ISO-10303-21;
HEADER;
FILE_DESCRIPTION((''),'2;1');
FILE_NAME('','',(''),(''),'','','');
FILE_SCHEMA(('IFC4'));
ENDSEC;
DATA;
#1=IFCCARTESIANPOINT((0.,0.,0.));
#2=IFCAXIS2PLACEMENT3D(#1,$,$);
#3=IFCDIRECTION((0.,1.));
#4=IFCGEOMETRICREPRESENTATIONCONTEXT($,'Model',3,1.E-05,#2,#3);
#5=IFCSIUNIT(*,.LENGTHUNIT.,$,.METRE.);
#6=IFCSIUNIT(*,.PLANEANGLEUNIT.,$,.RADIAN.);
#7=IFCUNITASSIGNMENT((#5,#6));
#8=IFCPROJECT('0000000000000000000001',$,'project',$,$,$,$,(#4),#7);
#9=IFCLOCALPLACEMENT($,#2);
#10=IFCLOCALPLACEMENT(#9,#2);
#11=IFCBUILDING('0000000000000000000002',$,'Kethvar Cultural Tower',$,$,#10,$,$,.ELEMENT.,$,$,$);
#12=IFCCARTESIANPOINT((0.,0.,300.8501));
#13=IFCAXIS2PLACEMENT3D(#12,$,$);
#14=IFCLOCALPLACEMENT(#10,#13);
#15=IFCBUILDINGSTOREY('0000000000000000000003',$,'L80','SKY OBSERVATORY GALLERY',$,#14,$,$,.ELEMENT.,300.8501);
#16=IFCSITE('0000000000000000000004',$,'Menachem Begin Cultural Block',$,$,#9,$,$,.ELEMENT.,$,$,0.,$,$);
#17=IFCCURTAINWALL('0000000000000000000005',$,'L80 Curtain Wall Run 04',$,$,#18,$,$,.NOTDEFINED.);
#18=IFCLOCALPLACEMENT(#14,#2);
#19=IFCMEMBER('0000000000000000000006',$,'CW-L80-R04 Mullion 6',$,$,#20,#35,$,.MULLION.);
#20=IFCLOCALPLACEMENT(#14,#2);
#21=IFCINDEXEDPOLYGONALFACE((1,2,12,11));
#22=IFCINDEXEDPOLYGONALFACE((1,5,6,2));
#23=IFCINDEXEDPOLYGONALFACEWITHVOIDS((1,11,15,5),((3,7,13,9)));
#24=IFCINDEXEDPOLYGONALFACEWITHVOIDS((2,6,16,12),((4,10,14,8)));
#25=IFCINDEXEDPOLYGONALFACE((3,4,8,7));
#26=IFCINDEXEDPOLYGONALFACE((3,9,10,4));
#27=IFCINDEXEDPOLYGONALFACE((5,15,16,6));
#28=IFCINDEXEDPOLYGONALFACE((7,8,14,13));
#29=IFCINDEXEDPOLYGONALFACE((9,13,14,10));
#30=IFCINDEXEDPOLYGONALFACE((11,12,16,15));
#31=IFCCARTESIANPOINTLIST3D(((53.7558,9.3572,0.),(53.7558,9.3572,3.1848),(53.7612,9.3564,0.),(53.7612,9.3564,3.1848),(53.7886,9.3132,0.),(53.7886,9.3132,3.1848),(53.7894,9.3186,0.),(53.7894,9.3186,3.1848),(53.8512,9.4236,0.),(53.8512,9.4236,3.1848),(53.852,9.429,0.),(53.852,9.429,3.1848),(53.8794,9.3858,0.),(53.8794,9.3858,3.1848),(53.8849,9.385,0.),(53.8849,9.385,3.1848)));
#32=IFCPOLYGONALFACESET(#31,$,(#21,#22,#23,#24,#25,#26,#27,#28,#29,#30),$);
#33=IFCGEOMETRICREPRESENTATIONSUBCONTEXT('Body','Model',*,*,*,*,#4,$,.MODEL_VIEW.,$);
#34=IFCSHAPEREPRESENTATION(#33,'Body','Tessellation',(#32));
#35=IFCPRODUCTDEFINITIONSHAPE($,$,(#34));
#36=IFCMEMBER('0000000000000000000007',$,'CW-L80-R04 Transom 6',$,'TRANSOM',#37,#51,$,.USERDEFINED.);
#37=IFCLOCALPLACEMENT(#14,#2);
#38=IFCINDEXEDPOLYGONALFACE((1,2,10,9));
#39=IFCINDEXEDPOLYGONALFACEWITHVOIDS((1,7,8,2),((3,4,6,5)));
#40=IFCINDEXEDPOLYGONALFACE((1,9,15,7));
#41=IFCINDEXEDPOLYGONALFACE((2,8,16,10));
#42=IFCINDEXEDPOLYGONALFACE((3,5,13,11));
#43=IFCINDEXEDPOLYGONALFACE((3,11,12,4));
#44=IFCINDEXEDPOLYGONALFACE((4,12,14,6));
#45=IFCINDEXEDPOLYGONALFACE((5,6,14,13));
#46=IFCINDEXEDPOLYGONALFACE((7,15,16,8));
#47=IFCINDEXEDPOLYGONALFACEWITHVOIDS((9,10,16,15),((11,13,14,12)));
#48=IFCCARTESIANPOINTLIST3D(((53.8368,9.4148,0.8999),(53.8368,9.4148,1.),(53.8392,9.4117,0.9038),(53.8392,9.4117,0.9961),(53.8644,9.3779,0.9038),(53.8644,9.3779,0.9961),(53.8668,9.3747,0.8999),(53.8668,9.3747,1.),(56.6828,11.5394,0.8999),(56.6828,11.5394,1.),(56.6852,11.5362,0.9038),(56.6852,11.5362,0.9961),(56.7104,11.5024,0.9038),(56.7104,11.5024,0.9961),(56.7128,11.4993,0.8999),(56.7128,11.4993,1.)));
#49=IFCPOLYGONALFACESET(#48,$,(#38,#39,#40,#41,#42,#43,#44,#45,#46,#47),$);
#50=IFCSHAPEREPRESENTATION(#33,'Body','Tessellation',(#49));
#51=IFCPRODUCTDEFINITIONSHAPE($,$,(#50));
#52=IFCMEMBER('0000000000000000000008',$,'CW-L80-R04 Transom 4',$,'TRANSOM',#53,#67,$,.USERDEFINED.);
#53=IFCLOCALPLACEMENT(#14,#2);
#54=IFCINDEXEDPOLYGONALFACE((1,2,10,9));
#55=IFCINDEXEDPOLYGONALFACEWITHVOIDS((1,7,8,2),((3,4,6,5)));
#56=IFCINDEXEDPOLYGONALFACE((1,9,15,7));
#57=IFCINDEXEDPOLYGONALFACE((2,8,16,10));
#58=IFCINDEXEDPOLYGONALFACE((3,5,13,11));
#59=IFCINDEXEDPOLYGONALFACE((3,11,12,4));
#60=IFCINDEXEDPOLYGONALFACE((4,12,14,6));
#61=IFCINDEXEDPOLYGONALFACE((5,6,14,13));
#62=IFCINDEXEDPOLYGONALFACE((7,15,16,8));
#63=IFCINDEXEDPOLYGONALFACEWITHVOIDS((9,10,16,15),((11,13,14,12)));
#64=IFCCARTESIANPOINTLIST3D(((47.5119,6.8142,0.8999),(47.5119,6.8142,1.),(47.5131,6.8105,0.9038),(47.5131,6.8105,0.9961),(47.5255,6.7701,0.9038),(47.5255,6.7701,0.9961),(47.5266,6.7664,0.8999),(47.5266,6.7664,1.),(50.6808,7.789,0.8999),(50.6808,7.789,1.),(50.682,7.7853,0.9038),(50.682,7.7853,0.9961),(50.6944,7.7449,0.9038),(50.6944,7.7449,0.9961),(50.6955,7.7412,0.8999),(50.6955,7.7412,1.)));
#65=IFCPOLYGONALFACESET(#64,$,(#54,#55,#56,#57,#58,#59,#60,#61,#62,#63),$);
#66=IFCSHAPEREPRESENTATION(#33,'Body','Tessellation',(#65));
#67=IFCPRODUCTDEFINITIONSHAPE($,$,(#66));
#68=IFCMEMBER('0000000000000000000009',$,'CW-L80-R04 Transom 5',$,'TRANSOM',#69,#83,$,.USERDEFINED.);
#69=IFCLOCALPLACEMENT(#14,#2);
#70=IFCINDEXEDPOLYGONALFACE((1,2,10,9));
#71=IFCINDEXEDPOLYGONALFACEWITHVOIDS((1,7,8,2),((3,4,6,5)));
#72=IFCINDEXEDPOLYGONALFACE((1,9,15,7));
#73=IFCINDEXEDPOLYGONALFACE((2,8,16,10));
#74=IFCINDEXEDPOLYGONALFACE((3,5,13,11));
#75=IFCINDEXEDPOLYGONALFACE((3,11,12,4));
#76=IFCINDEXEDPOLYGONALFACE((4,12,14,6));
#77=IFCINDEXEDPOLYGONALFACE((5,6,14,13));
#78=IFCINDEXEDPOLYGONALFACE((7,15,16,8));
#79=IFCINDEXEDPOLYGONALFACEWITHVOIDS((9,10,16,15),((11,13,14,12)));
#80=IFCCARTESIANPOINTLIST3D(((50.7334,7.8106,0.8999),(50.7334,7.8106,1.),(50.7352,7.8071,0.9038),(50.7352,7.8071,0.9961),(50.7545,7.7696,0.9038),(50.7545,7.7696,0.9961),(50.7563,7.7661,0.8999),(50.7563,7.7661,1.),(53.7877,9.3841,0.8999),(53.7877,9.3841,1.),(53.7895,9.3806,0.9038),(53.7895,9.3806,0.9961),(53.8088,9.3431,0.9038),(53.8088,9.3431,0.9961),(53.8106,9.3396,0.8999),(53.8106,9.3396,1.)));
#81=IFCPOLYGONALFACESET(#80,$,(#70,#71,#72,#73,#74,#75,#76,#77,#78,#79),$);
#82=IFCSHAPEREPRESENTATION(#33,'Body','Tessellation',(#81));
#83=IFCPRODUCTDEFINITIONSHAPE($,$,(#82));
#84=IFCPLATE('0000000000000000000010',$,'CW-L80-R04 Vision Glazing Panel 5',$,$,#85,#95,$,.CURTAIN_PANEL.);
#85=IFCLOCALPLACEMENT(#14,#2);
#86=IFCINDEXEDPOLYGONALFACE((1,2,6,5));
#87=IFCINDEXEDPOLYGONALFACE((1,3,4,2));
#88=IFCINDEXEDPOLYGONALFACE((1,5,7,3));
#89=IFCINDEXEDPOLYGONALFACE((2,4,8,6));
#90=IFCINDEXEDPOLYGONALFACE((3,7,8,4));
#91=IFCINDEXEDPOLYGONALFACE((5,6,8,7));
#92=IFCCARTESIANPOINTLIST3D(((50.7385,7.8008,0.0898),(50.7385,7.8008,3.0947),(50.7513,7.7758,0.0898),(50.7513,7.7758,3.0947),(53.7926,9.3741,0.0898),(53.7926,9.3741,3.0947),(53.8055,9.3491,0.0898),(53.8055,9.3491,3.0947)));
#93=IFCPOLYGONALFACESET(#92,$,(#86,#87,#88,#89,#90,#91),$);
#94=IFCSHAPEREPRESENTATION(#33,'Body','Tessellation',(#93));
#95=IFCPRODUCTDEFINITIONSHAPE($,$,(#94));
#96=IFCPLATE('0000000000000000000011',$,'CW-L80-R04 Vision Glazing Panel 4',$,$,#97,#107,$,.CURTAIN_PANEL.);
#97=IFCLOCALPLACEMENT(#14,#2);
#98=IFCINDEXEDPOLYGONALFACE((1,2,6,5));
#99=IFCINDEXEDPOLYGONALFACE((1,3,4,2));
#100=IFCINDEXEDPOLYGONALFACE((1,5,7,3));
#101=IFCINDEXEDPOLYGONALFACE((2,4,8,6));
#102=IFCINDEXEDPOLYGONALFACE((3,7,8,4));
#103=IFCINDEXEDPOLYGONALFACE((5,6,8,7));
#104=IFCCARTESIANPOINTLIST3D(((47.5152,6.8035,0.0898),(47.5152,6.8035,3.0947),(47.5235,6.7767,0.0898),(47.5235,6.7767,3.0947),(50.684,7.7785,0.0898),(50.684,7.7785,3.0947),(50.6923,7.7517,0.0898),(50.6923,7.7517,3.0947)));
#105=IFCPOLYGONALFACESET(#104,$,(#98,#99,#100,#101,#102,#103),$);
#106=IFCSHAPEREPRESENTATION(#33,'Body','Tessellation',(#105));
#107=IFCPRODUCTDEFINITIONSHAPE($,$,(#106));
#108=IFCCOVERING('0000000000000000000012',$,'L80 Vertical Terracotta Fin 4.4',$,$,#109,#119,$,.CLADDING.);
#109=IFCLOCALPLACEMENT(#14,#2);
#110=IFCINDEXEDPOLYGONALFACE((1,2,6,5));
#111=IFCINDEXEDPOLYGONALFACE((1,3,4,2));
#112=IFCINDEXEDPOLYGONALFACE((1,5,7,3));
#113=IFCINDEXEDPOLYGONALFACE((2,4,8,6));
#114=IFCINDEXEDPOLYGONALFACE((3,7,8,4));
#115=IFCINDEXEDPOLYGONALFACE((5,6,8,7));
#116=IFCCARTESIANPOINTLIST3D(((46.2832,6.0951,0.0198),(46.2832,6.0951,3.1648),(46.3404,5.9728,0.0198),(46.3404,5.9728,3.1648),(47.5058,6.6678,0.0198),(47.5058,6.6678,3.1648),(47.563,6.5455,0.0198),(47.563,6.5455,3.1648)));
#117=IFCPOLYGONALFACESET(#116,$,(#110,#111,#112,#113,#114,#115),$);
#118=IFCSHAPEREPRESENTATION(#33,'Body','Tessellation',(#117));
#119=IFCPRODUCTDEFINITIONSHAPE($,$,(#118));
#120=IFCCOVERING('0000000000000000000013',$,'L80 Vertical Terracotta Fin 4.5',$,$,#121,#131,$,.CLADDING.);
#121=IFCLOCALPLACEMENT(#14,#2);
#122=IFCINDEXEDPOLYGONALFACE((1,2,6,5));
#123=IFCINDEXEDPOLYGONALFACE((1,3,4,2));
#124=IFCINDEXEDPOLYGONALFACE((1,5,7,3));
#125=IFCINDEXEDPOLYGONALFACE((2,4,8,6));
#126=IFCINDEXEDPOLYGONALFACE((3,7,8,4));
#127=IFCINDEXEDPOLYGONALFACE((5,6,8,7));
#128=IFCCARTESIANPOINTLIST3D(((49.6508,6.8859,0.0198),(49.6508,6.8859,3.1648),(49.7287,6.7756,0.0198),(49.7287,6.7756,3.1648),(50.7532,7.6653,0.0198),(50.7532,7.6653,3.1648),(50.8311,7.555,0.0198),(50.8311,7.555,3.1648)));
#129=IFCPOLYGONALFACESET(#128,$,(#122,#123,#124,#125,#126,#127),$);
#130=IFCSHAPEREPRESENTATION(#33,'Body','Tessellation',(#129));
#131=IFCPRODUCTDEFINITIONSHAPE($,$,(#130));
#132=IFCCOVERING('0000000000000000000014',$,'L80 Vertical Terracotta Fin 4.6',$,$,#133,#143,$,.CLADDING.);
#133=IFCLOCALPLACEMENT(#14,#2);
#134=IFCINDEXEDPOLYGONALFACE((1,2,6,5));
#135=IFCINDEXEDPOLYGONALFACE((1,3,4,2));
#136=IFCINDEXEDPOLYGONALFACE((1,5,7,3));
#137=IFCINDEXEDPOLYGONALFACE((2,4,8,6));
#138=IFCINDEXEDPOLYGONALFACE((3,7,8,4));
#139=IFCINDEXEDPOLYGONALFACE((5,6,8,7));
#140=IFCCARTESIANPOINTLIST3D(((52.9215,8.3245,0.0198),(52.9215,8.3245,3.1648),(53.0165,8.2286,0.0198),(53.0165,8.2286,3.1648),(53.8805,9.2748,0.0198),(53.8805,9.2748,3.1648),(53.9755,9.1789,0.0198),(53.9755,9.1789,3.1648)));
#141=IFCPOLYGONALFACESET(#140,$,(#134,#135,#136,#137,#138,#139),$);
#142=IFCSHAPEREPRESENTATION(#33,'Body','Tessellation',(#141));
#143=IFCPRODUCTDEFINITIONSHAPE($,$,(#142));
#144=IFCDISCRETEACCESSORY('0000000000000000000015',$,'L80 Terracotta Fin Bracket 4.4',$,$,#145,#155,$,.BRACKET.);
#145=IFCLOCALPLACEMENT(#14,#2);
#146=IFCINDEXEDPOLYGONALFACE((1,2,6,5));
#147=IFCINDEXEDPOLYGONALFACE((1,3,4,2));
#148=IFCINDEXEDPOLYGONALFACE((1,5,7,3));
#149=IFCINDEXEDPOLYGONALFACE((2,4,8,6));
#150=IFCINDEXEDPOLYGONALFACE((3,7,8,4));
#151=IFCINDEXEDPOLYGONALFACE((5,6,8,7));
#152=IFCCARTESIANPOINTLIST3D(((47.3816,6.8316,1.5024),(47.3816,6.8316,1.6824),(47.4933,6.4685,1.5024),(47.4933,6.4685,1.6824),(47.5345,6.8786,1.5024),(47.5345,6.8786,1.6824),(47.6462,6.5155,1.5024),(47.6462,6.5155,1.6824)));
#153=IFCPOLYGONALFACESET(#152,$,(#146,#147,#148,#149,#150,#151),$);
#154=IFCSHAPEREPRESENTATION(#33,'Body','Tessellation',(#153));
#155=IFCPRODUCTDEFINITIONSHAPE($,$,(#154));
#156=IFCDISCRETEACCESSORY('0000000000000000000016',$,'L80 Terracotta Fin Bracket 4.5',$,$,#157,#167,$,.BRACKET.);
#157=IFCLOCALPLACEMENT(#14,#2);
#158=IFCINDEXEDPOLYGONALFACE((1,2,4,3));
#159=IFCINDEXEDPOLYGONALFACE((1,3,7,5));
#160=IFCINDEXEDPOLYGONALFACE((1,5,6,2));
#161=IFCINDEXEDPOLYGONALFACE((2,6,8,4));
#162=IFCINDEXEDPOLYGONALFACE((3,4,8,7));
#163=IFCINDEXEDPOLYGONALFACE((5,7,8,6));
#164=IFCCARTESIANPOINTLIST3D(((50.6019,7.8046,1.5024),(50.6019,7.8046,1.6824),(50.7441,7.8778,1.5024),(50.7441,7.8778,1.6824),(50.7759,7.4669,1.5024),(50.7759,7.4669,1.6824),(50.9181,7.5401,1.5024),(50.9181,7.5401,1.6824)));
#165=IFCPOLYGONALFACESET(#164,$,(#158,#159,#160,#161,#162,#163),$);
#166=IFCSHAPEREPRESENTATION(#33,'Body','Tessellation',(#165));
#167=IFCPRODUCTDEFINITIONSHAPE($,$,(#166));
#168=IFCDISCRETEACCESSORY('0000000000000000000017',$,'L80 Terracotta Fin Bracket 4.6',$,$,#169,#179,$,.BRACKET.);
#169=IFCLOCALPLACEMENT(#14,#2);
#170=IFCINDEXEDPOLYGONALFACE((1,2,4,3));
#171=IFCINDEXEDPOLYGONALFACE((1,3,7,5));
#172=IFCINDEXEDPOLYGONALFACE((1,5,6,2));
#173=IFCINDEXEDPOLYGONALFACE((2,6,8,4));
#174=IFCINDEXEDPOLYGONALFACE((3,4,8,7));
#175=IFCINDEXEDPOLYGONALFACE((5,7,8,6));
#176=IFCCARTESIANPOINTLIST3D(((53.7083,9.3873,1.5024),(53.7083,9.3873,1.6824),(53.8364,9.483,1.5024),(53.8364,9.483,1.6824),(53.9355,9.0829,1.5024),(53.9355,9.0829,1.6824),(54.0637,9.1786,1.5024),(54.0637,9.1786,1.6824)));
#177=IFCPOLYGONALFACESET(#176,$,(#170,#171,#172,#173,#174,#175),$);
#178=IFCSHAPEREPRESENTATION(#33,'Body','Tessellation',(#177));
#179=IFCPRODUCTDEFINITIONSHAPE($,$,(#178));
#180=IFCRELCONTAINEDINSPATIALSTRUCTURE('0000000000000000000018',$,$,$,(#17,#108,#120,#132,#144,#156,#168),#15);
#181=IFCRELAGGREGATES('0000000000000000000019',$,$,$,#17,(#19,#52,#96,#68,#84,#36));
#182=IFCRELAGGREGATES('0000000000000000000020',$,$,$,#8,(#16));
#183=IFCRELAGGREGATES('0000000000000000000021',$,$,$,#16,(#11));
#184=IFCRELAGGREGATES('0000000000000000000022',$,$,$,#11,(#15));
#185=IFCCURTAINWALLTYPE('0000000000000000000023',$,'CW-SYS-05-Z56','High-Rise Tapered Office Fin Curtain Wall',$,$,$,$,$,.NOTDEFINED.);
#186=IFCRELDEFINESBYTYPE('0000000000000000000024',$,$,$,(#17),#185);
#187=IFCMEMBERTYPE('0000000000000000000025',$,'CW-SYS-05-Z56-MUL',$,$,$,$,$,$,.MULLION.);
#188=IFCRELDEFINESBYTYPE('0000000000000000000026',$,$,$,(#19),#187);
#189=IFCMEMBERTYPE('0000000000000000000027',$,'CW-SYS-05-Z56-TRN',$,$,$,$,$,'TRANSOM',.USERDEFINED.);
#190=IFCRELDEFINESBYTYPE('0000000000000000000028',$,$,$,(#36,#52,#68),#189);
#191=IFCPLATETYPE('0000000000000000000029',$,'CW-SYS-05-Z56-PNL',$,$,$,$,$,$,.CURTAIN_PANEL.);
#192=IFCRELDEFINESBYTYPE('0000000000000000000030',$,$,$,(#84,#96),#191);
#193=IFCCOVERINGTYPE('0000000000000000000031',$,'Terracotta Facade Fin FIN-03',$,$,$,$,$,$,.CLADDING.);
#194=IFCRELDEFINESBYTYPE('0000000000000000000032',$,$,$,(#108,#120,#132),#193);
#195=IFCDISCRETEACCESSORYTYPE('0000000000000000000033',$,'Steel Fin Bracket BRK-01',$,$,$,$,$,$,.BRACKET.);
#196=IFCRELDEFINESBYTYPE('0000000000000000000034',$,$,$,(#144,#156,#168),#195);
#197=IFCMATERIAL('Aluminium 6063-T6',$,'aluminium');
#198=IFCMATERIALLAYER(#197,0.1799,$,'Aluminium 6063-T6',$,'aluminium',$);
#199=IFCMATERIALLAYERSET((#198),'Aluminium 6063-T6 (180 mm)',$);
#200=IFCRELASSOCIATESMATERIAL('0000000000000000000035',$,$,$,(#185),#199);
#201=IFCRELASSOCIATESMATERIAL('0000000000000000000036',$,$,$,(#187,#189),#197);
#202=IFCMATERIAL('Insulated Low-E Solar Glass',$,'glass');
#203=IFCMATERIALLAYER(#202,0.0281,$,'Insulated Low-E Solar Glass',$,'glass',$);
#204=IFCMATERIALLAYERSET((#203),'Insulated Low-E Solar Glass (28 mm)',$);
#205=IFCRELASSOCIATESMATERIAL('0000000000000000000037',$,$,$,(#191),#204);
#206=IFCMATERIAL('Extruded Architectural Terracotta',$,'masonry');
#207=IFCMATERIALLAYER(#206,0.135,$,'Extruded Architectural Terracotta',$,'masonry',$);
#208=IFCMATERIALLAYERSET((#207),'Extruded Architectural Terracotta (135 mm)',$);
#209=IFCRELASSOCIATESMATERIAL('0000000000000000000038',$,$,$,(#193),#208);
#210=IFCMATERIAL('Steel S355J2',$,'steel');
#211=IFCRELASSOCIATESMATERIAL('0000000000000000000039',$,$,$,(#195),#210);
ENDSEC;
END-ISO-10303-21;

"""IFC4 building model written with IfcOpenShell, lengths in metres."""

from ifc_helpers import new_model, si_unit, direction, frame, origin, origin_2d, place, context, subcontext, project, spatial, rectangle, hollow_rectangle, extrude, source, transform, mapped, material, layer, layer_set, material_profile, profile_set, type_object, element, aggregate, save


model = new_model("IFC4")

# Units and contexts
model_context = context("Model", 3, precision=1e-05, world=origin(), true_north=direction((0.0, 1.0)))
body_context = subcontext(model_context, "Body", "Model", "MODEL_VIEW")
ifc_project = project(units=[si_unit("LENGTHUNIT", "METRE"), si_unit("PLANEANGLEUNIT", "RADIAN")], contexts=[model_context])

# Site, building, storey
site_placement = place(None, origin())
site = spatial("IfcSite", under=ifc_project, at=site_placement, Name="Menachem Begin Cultural Block", CompositionType="ELEMENT", RefElevation=0.0)
building_placement = place(site_placement, origin())
building = spatial("IfcBuilding", under=site, at=building_placement, Name="Kethvar Cultural Tower", CompositionType="ELEMENT")
storey_placement = place(building_placement, frame((0.0, 0.0, 300.8501)))
storey = spatial("IfcBuildingStorey", under=building, at=storey_placement, Name="L80", Description="SKY OBSERVATORY GALLERY", CompositionType="ELEMENT", Elevation=300.8501)

# Shared definitions
ifc_material_1 = material(Name="Steel S355J2", Category="steel")

# Curtain wall, members, plates
ifc_material_2 = material(Name="Aluminium 6063-T6", Category="aluminium")
ifc_layer_1 = layer(ifc_material_2, 0.1799, Name="Aluminium 6063-T6", Category="aluminium")
ifc_layer_set_1 = layer_set([ifc_layer_1], Name="Aluminium 6063-T6 (180 mm)")
curtain_wall_type = type_object("IfcCurtainWallType", Name="CW-SYS-05-Z56", Description="High-Rise Tapered Office Fin Curtain Wall", PredefinedType="NOTDEFINED", material=ifc_layer_set_1)
curtain_wall_placement = place(storey_placement, origin())
curtain_wall = element("IfcCurtainWall", 1, at=curtain_wall_placement, inside=storey, type_object=curtain_wall_type, Name="L80 Curtain Wall Run 04", PredefinedType="NOTDEFINED")
ifc_material_profile_1 = material_profile(ifc_material_2, hollow_rectangle(XDim=0.0549, YDim=0.1201, WallThickness=0.0039, at=origin_2d()), Name="Aluminium 6063-T6 — RHS120x55x4")
ifc_profile_set_1 = profile_set([ifc_material_profile_1], Name="Aluminium 6063-T6 — RHS120x55x4")
member_type_1 = type_object("IfcMemberType", Name="CW-SYS-05-Z56-MUL", PredefinedType="MULLION", material=ifc_profile_set_1)
shared_shape_1 = source(origin(), body_context, "Body", "SweptSolid", [
    extrude(hollow_rectangle(XDim=0.0549, YDim=0.1201, WallThickness=0.0039, at=origin_2d()), origin(), (0.0, 0.0, 1.0), 3.1848),
])
member_1_placement = place(storey_placement, frame((53.8203, 9.3711, 0.0), z_axis=(0.0, 0.0, 1.0), x_axis=(-0.598241, 0.801316, 0.0)))
member_1 = element("IfcMember", 2, at=member_1_placement, type_object=member_type_1, Name="CW-L80-R04 Mullion 6", PredefinedType="MULLION", context=body_context, shape_type="MappedRepresentation", body=[
    mapped(shared_shape_1, transform((0.0, 0.0, 0.0), scale=1.0)),
])
ifc_material_profile_2 = material_profile(ifc_material_2, hollow_rectangle(XDim=0.05, YDim=0.1001, WallThickness=0.0039, at=origin_2d()), Name="Aluminium 6063-T6 — RHS100x50x4")
ifc_profile_set_2 = profile_set([ifc_material_profile_2], Name="Aluminium 6063-T6 — RHS100x50x4")
member_type_2 = type_object("IfcMemberType", Name="CW-SYS-05-Z56-TRN", ElementType="TRANSOM", PredefinedType="USERDEFINED", material=ifc_profile_set_2)
shared_shape_2 = source(origin(), body_context, "Body", "SweptSolid", [
    extrude(hollow_rectangle(XDim=0.05, YDim=0.1001, WallThickness=0.0039, at=origin_2d()), origin(), (0.0, 0.0, 1.0), 3.5515),
])
member_2_placement = place(storey_placement, frame((53.8518, 9.3948, 0.95), z_axis=(0.801343, 0.598206, 0.0), x_axis=(-0.598206, 0.801343, 0.0)))
member_2 = element("IfcMember", 3, at=member_2_placement, type_object=member_type_2, Name="CW-L80-R04 Transom 6", ObjectType="TRANSOM", PredefinedType="USERDEFINED", context=body_context, shape_type="MappedRepresentation", body=[
    mapped(shared_shape_2, transform((0.0, 0.0, 0.0), scale=1.0)),
])
shared_shape_3 = source(origin(), body_context, "Body", "SweptSolid", [
    extrude(hollow_rectangle(XDim=0.05, YDim=0.1001, WallThickness=0.0039, at=origin_2d()), origin(), (0.0, 0.0, 1.0), 3.3154),
])
member_3_placement = place(storey_placement, frame((47.5193, 6.7903, 0.95), z_axis=(0.955797, 0.294029, 0.0), x_axis=(-0.294029, 0.955797, 0.0)))
member_3 = element("IfcMember", 4, at=member_3_placement, type_object=member_type_2, Name="CW-L80-R04 Transom 4", ObjectType="TRANSOM", PredefinedType="USERDEFINED", context=body_context, shape_type="MappedRepresentation", body=[
    mapped(shared_shape_3, transform((0.0, 0.0, 0.0), scale=1.0)),
])
shared_shape_4 = source(origin(), body_context, "Body", "SweptSolid", [
    extrude(hollow_rectangle(XDim=0.05, YDim=0.1001, WallThickness=0.0039, at=origin_2d()), origin(), (0.0, 0.0, 1.0), 3.4358),
])
member_4_placement = place(storey_placement, frame((50.7449, 7.7883, 0.95), z_axis=(0.888961, 0.457982, 0.0), x_axis=(-0.457982, 0.888961, 0.0)))
member_4 = element("IfcMember", 5, at=member_4_placement, type_object=member_type_2, Name="CW-L80-R04 Transom 5", ObjectType="TRANSOM", PredefinedType="USERDEFINED", context=body_context, shape_type="MappedRepresentation", body=[
    mapped(shared_shape_4, transform((0.0, 0.0, 0.0), scale=1.0)),
])
ifc_material_3 = material(Name="Insulated Low-E Solar Glass", Category="glass")
ifc_layer_2 = layer(ifc_material_3, 0.0281, Name="Insulated Low-E Solar Glass", Category="glass")
ifc_layer_set_2 = layer_set([ifc_layer_2], Name="Insulated Low-E Solar Glass (28 mm)")
plate_type = type_object("IfcPlateType", Name="CW-SYS-05-Z56-PNL", PredefinedType="CURTAIN_PANEL", material=ifc_layer_set_2)
shared_shape_5 = source(origin(), body_context, "Body", "SweptSolid", [
    extrude(rectangle(XDim=3.4355, YDim=0.0281, at=origin_2d()), origin(), (0.0, 0.0, 1.0), 3.0049),
])
plate_1_placement = place(storey_placement, frame((52.272, 8.575, 0.0898), z_axis=(0.0, 0.0, 1.0), x_axis=(0.888977, 0.457951, 0.0)))
plate_1 = element("IfcPlate", 6, at=plate_1_placement, type_object=plate_type, Name="CW-L80-R04 Vision Glazing Panel 5", PredefinedType="CURTAIN_PANEL", context=body_context, shape_type="MappedRepresentation", body=[
    mapped(shared_shape_5, transform((0.0, 0.0, 0.0), scale=1.0)),
])
shared_shape_6 = source(origin(), body_context, "Body", "SweptSolid", [
    extrude(rectangle(XDim=3.3154, YDim=0.0281, at=origin_2d()), origin(), (0.0, 0.0, 1.0), 3.0049),
])
plate_2_placement = place(storey_placement, frame((49.1038, 7.2776, 0.0898), z_axis=(0.0, 0.0, 1.0), x_axis=(0.955783, 0.294074, 0.0)))
plate_2 = element("IfcPlate", 7, at=plate_2_placement, type_object=plate_type, Name="CW-L80-R04 Vision Glazing Panel 4", PredefinedType="CURTAIN_PANEL", context=body_context, shape_type="MappedRepresentation", body=[
    mapped(shared_shape_6, transform((0.0, 0.0, 0.0), scale=1.0)),
])
aggregate(curtain_wall, [member_1, member_3, plate_2, member_4, plate_1, member_2])

# Coverings
ifc_material_4 = material(Name="Extruded Architectural Terracotta", Category="masonry")
ifc_layer_3 = layer(ifc_material_4, 0.135, Name="Extruded Architectural Terracotta", Category="masonry")
ifc_layer_set_3 = layer_set([ifc_layer_3], Name="Extruded Architectural Terracotta (135 mm)")
covering_type = type_object("IfcCoveringType", Name="Terracotta Facade Fin FIN-03", PredefinedType="CLADDING", material=ifc_layer_set_3)
shared_shape_7 = source(origin(), body_context, "Body", "SweptSolid", [
    extrude(rectangle(XDim=1.3501, YDim=0.135, at=origin_2d()), origin(), (0.0, 0.0, 1.0), 3.145),
])
for number, where, z_axis, x_axis, name in (
    (8, (46.9231, 6.3203, 0.0198), (0.0, 0.0, 1.0), (-0.905569, -0.424199, 0.0), "L80 Vertical Terracotta Fin 4.4"),
    (9, (50.241, 7.2205, 0.0198), (0.0, 0.0, 1.0), (-0.816541, -0.577288, 0.0), "L80 Vertical Terracotta Fin 4.5"),
    (10, (53.4485, 8.7517, 0.0198), (0.0, 0.0, 1.0), (-0.710308, -0.703891, 0.0), "L80 Vertical Terracotta Fin 4.6"),
):
    element("IfcCovering", number, at=place(storey_placement, frame(where, z_axis=z_axis, x_axis=x_axis)), inside=storey, type_object=covering_type, Name=name, PredefinedType="CLADDING", context=body_context, shape_type="MappedRepresentation", body=[
        mapped(shared_shape_7, transform((0.0, 0.0, 0.0), scale=1.0)),
    ])

# Discrete accessories
discrete_accessory_type = type_object("IfcDiscreteAccessoryType", Name="Steel Fin Bracket BRK-01", PredefinedType="BRACKET", material=ifc_material_1)
shared_shape_8 = source(origin(), body_context, "Body", "SweptSolid", [
    extrude(rectangle(XDim=0.3799, YDim=0.1599, at=origin_2d()), origin(), (0.0, 0.0, 1.0), 0.1799),
])
for number, where, z_axis, x_axis, name in (
    (11, (47.5139, 6.6736, 1.5024), (0.0, 0.0, 1.0), (0.29404, -0.955793, 0.0), "L80 Terracotta Fin Bracket 4.4"),
    (12, (50.76, 7.6724, 1.5024), (0.0, 0.0, 1.0), (0.458029, -0.888937, 0.0), "L80 Terracotta Fin Bracket 4.5"),
    (13, (53.886, 9.283, 1.5024), (0.0, 0.0, 1.0), (0.598185, -0.801358, 0.0), "L80 Terracotta Fin Bracket 4.6"),
):
    element("IfcDiscreteAccessory", number, at=place(storey_placement, frame(where, z_axis=z_axis, x_axis=x_axis)), inside=storey, type_object=discrete_accessory_type, Name=name, PredefinedType="BRACKET", context=body_context, shape_type="MappedRepresentation", body=[
        mapped(shared_shape_8, transform((0.0, 0.0, 0.0), scale=1.0)),
    ])

save(model, "model.ifc")
